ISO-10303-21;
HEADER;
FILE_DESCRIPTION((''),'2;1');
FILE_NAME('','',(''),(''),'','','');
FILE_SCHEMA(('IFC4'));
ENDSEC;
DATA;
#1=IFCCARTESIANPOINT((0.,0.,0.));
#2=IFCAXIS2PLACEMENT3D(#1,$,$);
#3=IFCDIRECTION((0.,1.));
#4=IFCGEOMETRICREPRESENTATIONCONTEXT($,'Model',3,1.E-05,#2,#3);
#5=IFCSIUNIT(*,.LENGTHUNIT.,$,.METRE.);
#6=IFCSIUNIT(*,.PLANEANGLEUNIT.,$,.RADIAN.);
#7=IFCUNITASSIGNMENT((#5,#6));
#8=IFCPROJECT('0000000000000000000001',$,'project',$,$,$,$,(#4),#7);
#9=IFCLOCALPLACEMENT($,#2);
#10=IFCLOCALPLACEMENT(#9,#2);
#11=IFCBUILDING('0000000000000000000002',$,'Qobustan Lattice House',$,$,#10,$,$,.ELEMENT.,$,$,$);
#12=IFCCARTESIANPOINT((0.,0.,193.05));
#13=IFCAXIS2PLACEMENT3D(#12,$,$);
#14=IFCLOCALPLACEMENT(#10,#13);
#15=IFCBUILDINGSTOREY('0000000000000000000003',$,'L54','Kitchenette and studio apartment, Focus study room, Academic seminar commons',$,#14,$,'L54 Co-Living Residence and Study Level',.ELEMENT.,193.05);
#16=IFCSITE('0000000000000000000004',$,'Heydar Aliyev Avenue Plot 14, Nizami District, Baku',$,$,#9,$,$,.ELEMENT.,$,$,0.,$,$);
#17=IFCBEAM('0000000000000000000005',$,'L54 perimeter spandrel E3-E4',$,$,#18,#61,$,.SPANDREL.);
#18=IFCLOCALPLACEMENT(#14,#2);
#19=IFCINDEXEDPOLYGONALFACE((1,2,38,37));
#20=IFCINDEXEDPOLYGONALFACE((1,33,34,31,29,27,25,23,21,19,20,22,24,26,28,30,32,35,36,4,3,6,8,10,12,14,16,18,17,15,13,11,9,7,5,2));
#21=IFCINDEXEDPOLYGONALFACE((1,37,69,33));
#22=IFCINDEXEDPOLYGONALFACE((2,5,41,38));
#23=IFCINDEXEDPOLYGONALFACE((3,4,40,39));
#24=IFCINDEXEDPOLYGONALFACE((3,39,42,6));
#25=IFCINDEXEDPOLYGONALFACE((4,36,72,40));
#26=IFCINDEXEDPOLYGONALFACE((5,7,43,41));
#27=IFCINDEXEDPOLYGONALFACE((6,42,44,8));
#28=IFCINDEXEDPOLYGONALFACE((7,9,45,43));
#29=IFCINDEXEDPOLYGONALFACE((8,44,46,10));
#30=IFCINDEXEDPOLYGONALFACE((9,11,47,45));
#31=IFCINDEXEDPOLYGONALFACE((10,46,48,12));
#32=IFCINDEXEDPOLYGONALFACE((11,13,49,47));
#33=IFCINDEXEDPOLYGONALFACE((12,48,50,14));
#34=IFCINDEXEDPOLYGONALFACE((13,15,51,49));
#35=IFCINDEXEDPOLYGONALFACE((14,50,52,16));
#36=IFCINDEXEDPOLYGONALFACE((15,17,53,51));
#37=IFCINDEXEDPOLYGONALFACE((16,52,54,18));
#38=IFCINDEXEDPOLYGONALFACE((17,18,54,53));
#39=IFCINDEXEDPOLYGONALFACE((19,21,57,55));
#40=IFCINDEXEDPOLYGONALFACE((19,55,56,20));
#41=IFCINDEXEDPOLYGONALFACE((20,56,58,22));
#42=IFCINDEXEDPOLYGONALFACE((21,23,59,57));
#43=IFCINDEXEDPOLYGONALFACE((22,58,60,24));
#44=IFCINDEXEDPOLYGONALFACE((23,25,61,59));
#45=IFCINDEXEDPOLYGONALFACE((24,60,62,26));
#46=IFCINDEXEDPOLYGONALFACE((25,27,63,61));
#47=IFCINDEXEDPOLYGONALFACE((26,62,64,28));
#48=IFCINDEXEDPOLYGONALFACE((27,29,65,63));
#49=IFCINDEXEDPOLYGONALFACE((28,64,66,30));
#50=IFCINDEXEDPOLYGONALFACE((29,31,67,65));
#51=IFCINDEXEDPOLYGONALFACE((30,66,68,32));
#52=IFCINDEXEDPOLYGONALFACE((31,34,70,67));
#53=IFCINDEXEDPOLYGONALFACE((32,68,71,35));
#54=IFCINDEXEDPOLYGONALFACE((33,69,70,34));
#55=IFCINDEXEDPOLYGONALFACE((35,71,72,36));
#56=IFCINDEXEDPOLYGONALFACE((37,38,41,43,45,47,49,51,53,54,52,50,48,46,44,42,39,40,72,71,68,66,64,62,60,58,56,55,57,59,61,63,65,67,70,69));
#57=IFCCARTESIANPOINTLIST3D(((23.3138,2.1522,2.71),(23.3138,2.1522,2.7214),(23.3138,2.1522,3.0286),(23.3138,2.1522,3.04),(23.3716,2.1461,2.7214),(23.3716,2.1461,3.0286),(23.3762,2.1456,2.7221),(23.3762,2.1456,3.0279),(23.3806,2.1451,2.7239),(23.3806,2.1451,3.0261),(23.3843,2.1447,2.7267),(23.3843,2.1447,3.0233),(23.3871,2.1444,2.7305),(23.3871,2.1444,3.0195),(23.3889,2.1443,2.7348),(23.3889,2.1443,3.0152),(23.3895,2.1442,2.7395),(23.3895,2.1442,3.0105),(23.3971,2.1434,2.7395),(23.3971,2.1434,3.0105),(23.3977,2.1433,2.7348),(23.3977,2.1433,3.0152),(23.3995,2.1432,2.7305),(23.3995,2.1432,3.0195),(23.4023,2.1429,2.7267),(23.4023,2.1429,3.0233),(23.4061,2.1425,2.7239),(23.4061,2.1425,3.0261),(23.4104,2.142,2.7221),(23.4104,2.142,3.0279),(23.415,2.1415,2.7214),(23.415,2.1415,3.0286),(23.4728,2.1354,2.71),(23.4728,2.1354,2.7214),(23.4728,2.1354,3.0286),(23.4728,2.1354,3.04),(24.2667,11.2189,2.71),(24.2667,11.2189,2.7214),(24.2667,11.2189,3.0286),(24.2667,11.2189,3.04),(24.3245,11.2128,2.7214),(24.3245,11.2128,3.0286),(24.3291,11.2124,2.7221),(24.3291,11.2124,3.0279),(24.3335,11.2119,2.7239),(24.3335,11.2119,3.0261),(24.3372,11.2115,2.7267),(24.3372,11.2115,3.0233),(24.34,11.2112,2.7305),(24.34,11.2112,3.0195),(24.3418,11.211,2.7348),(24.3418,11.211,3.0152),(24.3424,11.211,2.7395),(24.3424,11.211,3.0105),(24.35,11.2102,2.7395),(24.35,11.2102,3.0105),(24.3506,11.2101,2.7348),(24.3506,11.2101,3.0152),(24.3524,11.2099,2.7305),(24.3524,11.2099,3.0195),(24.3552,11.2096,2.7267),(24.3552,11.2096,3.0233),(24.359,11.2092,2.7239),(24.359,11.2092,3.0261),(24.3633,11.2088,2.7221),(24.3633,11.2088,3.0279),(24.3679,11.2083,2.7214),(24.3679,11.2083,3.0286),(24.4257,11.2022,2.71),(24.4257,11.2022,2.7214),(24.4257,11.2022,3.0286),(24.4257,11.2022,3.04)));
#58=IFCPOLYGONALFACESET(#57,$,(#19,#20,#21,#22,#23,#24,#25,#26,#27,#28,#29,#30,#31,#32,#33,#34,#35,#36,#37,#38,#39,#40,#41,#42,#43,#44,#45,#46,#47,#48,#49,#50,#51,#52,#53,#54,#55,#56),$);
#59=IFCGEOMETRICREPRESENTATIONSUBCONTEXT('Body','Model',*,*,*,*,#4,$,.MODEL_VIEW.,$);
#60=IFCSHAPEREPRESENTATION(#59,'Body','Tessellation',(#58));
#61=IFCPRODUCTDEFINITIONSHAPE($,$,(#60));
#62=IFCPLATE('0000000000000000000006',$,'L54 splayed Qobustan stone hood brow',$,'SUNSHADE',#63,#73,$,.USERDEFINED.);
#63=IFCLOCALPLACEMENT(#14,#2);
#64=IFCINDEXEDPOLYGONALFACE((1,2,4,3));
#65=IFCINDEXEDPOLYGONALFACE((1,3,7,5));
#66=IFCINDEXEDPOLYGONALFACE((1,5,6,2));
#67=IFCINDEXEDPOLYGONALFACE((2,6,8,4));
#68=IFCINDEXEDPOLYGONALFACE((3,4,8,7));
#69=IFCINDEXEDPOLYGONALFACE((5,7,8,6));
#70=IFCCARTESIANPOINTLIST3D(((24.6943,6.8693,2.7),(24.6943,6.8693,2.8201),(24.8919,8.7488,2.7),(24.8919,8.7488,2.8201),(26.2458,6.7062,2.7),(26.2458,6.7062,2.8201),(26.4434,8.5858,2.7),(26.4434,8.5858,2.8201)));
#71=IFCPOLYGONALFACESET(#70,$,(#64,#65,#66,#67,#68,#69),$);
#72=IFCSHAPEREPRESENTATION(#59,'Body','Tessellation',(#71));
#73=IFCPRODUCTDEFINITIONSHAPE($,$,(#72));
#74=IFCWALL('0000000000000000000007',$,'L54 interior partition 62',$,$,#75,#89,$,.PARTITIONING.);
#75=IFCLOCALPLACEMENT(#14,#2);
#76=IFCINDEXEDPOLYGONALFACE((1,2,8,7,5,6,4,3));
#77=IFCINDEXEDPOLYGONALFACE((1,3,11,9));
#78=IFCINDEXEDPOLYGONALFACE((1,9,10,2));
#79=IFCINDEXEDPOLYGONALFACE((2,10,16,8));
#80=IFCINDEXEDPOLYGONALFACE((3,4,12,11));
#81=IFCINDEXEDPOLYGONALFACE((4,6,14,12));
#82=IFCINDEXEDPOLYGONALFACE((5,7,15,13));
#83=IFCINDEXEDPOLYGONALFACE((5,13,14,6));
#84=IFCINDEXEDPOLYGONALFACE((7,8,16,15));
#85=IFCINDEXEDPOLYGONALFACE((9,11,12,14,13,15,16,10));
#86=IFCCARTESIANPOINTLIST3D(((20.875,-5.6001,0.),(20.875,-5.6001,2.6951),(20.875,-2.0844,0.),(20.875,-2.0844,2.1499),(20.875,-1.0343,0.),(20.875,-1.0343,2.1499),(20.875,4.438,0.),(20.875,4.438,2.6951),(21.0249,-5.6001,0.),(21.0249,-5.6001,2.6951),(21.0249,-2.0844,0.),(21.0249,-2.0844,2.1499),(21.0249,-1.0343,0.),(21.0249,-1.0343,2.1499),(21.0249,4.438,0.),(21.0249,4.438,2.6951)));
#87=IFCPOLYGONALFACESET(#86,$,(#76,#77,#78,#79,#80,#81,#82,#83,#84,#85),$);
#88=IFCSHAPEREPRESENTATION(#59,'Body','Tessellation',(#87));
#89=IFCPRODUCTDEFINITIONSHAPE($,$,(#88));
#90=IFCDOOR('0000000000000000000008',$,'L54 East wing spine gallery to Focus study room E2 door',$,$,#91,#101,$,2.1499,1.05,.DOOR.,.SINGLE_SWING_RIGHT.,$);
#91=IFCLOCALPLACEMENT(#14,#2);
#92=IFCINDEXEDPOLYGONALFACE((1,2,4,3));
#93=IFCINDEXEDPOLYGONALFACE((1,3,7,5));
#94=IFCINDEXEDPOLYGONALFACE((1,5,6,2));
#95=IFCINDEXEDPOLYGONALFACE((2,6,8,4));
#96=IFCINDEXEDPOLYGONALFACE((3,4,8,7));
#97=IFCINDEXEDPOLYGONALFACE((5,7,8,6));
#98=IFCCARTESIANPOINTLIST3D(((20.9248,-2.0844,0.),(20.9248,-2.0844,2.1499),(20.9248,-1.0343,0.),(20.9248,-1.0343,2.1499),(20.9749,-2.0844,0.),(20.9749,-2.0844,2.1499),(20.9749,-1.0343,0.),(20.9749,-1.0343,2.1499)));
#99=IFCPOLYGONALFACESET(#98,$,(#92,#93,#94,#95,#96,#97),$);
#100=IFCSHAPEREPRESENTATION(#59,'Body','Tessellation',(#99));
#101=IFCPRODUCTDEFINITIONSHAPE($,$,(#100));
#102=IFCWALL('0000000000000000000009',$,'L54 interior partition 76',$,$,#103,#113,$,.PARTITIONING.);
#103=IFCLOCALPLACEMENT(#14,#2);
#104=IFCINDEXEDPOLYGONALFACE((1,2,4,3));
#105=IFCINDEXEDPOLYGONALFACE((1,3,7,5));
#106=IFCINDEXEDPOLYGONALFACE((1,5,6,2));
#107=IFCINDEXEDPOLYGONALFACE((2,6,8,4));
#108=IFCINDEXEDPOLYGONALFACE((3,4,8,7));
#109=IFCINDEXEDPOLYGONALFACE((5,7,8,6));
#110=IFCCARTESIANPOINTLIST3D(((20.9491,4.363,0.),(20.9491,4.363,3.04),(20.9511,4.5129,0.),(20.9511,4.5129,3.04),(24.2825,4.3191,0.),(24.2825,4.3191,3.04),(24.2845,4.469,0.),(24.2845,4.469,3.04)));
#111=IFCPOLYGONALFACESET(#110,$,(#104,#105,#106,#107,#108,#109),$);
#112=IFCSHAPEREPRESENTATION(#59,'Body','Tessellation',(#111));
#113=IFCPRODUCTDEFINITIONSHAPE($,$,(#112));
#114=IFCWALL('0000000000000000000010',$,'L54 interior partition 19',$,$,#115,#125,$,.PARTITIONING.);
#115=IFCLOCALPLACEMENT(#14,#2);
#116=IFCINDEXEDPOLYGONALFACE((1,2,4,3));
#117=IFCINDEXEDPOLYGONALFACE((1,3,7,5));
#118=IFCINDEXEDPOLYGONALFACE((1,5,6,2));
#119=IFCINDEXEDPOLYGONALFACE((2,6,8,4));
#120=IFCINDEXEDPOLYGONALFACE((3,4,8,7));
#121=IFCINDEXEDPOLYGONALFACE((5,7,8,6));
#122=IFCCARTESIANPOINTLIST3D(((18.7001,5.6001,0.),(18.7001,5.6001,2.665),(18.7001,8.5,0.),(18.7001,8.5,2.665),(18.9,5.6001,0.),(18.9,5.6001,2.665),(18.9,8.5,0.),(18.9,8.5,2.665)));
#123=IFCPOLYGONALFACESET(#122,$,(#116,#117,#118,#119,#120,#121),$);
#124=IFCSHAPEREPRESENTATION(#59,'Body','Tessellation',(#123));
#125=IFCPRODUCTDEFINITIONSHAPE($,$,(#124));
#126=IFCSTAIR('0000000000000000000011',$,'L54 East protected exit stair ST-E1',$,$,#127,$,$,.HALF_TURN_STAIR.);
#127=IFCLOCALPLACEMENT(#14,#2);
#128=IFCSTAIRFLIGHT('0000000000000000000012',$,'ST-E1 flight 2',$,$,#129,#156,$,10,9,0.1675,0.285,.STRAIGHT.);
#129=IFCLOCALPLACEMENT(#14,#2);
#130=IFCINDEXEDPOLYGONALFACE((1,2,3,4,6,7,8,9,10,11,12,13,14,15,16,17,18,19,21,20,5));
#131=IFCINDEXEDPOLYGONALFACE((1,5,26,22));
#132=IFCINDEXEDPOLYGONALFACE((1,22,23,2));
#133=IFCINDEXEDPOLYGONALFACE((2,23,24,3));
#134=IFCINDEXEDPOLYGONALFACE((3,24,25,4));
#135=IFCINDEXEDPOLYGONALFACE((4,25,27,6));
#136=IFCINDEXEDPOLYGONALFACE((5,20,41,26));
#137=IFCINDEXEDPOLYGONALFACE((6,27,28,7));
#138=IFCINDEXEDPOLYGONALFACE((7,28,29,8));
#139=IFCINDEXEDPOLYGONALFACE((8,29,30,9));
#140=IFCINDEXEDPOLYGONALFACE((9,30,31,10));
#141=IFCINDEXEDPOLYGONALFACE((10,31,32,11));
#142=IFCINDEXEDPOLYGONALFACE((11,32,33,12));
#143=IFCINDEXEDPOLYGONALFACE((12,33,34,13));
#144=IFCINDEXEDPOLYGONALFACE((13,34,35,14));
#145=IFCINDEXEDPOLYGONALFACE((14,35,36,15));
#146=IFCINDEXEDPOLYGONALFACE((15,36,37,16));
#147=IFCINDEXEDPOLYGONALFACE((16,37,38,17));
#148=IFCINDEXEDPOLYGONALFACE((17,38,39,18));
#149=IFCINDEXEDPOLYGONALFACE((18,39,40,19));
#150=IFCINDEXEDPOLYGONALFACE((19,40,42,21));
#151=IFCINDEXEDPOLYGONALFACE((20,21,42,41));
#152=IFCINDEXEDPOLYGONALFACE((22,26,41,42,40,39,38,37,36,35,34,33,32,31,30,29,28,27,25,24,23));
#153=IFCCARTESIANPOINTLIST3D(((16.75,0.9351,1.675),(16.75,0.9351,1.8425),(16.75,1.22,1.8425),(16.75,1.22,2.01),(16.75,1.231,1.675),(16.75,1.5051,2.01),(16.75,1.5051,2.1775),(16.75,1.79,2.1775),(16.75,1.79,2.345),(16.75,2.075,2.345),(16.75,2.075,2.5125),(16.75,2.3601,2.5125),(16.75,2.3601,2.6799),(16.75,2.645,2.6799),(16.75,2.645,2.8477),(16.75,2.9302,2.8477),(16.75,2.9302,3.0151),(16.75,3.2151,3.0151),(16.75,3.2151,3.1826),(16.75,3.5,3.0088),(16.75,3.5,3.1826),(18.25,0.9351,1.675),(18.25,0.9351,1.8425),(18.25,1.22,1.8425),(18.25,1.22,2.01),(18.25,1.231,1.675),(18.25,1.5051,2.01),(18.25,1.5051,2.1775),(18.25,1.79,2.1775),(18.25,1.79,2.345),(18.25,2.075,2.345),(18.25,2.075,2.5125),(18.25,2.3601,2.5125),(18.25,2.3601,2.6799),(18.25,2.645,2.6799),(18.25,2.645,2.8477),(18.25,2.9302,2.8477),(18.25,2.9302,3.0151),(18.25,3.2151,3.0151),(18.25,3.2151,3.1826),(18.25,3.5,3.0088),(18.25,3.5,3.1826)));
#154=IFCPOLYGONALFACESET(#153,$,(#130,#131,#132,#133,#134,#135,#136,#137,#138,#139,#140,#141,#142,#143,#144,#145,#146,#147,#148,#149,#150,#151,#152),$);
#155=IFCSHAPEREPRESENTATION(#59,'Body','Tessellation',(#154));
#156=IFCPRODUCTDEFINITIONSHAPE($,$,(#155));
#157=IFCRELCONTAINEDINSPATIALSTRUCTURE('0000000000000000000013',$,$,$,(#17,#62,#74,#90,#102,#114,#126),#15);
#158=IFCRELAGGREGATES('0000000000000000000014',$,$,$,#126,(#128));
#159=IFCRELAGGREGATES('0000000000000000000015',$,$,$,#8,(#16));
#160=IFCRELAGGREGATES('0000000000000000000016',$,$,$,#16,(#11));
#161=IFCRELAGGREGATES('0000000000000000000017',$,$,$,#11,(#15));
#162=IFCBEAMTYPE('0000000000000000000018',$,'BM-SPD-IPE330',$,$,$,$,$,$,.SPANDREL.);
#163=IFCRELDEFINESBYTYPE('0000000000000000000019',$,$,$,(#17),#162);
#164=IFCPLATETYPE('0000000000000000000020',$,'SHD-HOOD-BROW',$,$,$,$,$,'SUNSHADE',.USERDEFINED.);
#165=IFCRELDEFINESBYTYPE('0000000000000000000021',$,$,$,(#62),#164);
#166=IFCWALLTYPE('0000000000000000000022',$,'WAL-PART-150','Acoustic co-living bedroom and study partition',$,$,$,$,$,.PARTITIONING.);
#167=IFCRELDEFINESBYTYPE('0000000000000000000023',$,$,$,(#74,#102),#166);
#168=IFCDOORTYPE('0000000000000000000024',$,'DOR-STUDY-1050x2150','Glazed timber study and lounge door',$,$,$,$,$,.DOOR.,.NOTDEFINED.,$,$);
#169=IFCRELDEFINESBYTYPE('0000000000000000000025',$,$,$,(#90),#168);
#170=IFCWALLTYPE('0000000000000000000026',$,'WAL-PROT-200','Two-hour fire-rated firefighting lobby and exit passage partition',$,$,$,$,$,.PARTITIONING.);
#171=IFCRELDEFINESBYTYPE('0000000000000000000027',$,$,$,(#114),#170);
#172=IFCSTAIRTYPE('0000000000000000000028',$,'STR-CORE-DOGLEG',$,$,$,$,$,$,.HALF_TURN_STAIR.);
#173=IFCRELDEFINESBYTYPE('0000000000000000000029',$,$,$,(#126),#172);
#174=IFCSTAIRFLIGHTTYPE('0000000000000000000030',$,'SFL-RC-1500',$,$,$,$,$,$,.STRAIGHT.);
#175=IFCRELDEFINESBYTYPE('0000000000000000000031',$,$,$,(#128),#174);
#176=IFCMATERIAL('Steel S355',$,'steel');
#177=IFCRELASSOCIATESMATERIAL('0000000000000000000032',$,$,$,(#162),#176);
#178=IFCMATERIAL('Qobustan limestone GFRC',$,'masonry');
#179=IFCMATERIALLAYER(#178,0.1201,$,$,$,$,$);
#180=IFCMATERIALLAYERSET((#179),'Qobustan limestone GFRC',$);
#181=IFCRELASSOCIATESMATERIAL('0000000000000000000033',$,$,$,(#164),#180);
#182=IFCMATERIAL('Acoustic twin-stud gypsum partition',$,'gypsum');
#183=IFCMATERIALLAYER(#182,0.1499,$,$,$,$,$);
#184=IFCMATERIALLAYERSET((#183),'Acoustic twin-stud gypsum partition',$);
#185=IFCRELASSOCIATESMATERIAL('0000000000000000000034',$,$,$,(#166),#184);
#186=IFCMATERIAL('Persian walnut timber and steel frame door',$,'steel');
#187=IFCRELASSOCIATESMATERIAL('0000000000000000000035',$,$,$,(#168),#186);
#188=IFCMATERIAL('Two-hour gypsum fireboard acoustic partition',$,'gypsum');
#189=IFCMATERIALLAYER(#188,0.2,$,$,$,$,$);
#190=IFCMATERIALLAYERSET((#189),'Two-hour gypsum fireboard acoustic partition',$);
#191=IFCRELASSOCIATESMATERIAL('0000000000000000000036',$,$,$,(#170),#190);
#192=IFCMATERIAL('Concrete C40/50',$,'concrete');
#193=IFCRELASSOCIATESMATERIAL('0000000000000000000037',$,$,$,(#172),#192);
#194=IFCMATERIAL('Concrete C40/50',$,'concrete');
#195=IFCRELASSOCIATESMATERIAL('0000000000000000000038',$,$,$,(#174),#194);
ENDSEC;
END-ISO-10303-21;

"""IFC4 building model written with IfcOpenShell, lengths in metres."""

from ifc_helpers import new_model, si_unit, direction, frame, frame_2d, origin, origin_2d, place, context, subcontext, project, spatial, polyline, rectangle, i_section, outline, extrude, material, layer, layer_set, material_profile, profile_set, type_object, element, fill, aggregate, save


model = new_model("IFC4")

# Units and contexts
model_context = context("Model", 3, precision=1e-05, world=origin(), true_north=direction((0.0, 1.0)))
body_context = subcontext(model_context, "Body", "Model", "MODEL_VIEW")
ifc_project = project(units=[si_unit("LENGTHUNIT", "METRE"), si_unit("PLANEANGLEUNIT", "RADIAN")], contexts=[model_context])

# Site, building, storey
site_placement = place(None, origin())
site = spatial("IfcSite", under=ifc_project, at=site_placement, Name="Heydar Aliyev Avenue Plot 14, Nizami District, Baku", CompositionType="ELEMENT", RefElevation=0.0)
building_placement = place(site_placement, origin())
building = spatial("IfcBuilding", under=site, at=building_placement, Name="Qobustan Lattice House", CompositionType="ELEMENT")
storey_placement = place(building_placement, frame((0.0, 0.0, 193.05)))
storey = spatial("IfcBuildingStorey", under=building, at=storey_placement, Name="L54", Description="Kitchenette and studio apartment, Focus study room, Academic seminar commons", LongName="L54 Co-Living Residence and Study Level", CompositionType="ELEMENT", Elevation=193.05)

# Beam
ifc_material_1 = material(Name="Steel S355", Category="steel")
ifc_material_profile_1 = material_profile(ifc_material_1, i_section(OverallWidth=0.1599, OverallDepth=0.3301, WebThickness=0.0076, FlangeThickness=0.0115, FilletRadius=0.0181, at=origin_2d()), Name="IPE330")
ifc_profile_set_1 = profile_set([ifc_material_profile_1], Name="Steel S355")
beam_type_1 = type_object("IfcBeamType", Name="BM-SPD-IPE330", PredefinedType="SPANDREL", material=ifc_profile_set_1)
beam_1_placement = place(storey_placement, frame((23.3933, 2.1438, 2.875), z_axis=(0.104522, 0.994523, 0.0), x_axis=(-0.994523, 0.104522, 0.0)))
element("IfcBeam", 1, at=beam_1_placement, inside=storey, type_object=beam_type_1, Name="L54 perimeter spandrel E3-E4", PredefinedType="SPANDREL", context=body_context, shape_type="SweptSolid", body=[
    extrude(i_section(OverallWidth=0.1599, OverallDepth=0.3301, WebThickness=0.0076, FlangeThickness=0.0115, FilletRadius=0.0181, at=origin_2d()), origin(), (0.0, 0.0, 1.0), 9.1167),
])

# Plate
ifc_material_2 = material(Name="Qobustan limestone GFRC", Category="masonry")
ifc_layer_1 = layer(ifc_material_2, 0.1201)
ifc_layer_set_1 = layer_set([ifc_layer_1], Name="Qobustan limestone GFRC")
plate_type = type_object("IfcPlateType", Name="SHD-HOOD-BROW", ElementType="SUNSHADE", PredefinedType="USERDEFINED", material=ifc_layer_set_1)
plate_placement = place(storey_placement, frame((25.5688, 7.7275, 2.7), z_axis=(0.0, 0.0, 1.0), x_axis=(-0.104528, -0.994522, 0.0)))
element("IfcPlate", 2, at=plate_placement, inside=storey, type_object=plate_type, Name="L54 splayed Qobustan stone hood brow", ObjectType="SUNSHADE", PredefinedType="USERDEFINED", context=body_context, shape_type="SweptSolid", body=[
    extrude(rectangle(XDim=1.8899, YDim=1.5601, at=origin_2d()), origin(), (0.0, 0.0, 1.0), 0.1201),
])

# Wall, opening, door
ifc_material_3 = material(Name="Acoustic twin-stud gypsum partition", Category="gypsum")
ifc_layer_2 = layer(ifc_material_3, 0.1499)
ifc_layer_set_2 = layer_set([ifc_layer_2], Name="Acoustic twin-stud gypsum partition")
wall_type_1 = type_object("IfcWallType", Name="WAL-PART-150", Description="Acoustic co-living bedroom and study partition", PredefinedType="PARTITIONING", material=ifc_layer_set_2)
wall_1_placement = place(storey_placement, frame((20.95, 4.438, 0.0), z_axis=(0.0, 0.0, 1.0), x_axis=(0.0, -1.0, 0.0)))
wall_1 = element("IfcWall", 3, at=wall_1_placement, inside=storey, type_object=wall_type_1, Name="L54 interior partition 62", PredefinedType="PARTITIONING", context=body_context, shape_type="SweptSolid", body=[
    extrude(rectangle(XDim=10.0381, YDim=0.1499, at=frame_2d((5.019, 0.0))), origin(), (0.0, 0.0, 1.0), 2.6951),
])
opening_1_placement = place(wall_1_placement, frame((5.4724, 0.0, 0.0)))
opening_1 = element("IfcOpeningElement", 4, at=opening_1_placement, cuts=wall_1, PredefinedType="OPENING", context=body_context, shape_type="SweptSolid", body=[
    extrude(rectangle(XDim=1.05, YDim=2.1499, at=frame_2d((0.5249, 1.075))), frame((0.0, 0.085, 0.0), z_axis=(0.0, -1.0, 0.0), x_axis=(1.0, 0.0, 0.0)), (0.0, 0.0, 1.0), 0.1699),
])
ifc_material_4 = material(Name="Persian walnut timber and steel frame door", Category="steel")
door_type_1 = type_object("IfcDoorType", Name="DOR-STUDY-1050x2150", Description="Glazed timber study and lounge door", OperationType="NOTDEFINED", PredefinedType="DOOR", material=ifc_material_4)
door_1_placement = place(opening_1_placement, origin())
door_1 = element("IfcDoor", 5, at=door_1_placement, inside=storey, type_object=door_type_1, Name="L54 East wing spine gallery to Focus study room E2 door", OperationType="SINGLE_SWING_RIGHT", OverallHeight=2.1499, OverallWidth=1.05, PredefinedType="DOOR", context=body_context, shape_type="SweptSolid", body=[
    extrude(rectangle(XDim=1.05, YDim=2.1499, at=frame_2d((0.5249, 1.075))), frame((0.0, 0.0249, 0.0), z_axis=(0.0, -1.0, 0.0), x_axis=(1.0, 0.0, 0.0)), (0.0, 0.0, 1.0), 0.05),
])
fill(opening_1, door_1)

# Wall
wall_2_placement = place(storey_placement, frame((20.95, 4.438, 0.0), z_axis=(0.0, 0.0, 1.0), x_axis=(0.999913, -0.013182, 0.0)))
element("IfcWall", 6, at=wall_2_placement, inside=storey, type_object=wall_type_1, Name="L54 interior partition 76", PredefinedType="PARTITIONING", context=body_context, shape_type="SweptSolid", body=[
    extrude(rectangle(XDim=3.3337, YDim=0.1499, at=frame_2d((1.667, 0.0))), origin(), (0.0, 0.0, 1.0), 3.04),
])

# Shared definitions
ifc_material_5 = material(Name="Two-hour gypsum fireboard acoustic partition", Category="gypsum")
ifc_layer_3 = layer(ifc_material_5, 0.2)
ifc_layer_set_3 = layer_set([ifc_layer_3], Name="Two-hour gypsum fireboard acoustic partition")
wall_type_2 = type_object("IfcWallType", Name="WAL-PROT-200", Description="Two-hour fire-rated firefighting lobby and exit passage partition", PredefinedType="PARTITIONING", material=ifc_layer_set_3)

# Wall
wall_3_placement = place(storey_placement, frame((18.8, 5.6001, 0.0), z_axis=(0.0, 0.0, 1.0), x_axis=(0.0, 1.0, 0.0)))
element("IfcWall", 7, at=wall_3_placement, inside=storey, type_object=wall_type_2, Name="L54 interior partition 19", PredefinedType="PARTITIONING", context=body_context, shape_type="SweptSolid", body=[
    extrude(rectangle(XDim=2.8999, YDim=0.2, at=frame_2d((1.45, 0.0))), origin(), (0.0, 0.0, 1.0), 2.665),
])

# Stair, stair flight
ifc_material_6 = material(Name="Concrete C40/50", Category="concrete")
stair_type = type_object("IfcStairType", Name="STR-CORE-DOGLEG", PredefinedType="HALF_TURN_STAIR", material=ifc_material_6)
stair_placement = place(storey_placement, origin())
stair = element("IfcStair", 8, at=stair_placement, inside=storey, type_object=stair_type, Name="L54 East protected exit stair ST-E1", PredefinedType="HALF_TURN_STAIR")
ifc_material_7 = material(Name="Concrete C40/50", Category="concrete")
stair_flight_type = type_object("IfcStairFlightType", Name="SFL-RC-1500", PredefinedType="STRAIGHT", material=ifc_material_7)
stair_flight_placement = place(storey_placement, frame((17.5, 0.9351, 1.675), z_axis=(0.0, 0.0, 1.0), x_axis=(0.0, 1.0, 0.0)))
stair_flight = element("IfcStairFlight", 9, at=stair_flight_placement, type_object=stair_flight_type, Name="ST-E1 flight 2", NumberOfRisers=10, NumberOfTreads=9, PredefinedType="STRAIGHT", RiserHeight=0.1675, TreadLength=0.285, context=body_context, shape_type="SweptSolid", body=[
    extrude(outline(polyline([(0.0, 0.0), (0.0, 0.1675), (0.2849, 0.1675), (0.2849, 0.335), (0.5701, 0.335), (0.5701, 0.5024), (0.855, 0.5024), (0.855, 0.6699), (1.1399, 0.6699), (1.1399, 0.8374), (1.425, 0.8374), (1.425, 1.0049), (1.71, 1.0049), (1.71, 1.1726), (1.9951, 1.1726), (1.9951, 1.3401), (2.28, 1.3401), (2.28, 1.5076), (2.5649, 1.5076), (2.5649, 1.675), (2.5649, 1.3337), (0.2959, 0.0), (0.0, 0.0)])), frame((0.0, 0.75, 0.0), z_axis=(0.0, -1.0, 0.0), x_axis=(1.0, 0.0, 0.0)), (0.0, 0.0, 1.0), 1.5),
])
aggregate(stair, [stair_flight])

save(model, "model.ifc")
